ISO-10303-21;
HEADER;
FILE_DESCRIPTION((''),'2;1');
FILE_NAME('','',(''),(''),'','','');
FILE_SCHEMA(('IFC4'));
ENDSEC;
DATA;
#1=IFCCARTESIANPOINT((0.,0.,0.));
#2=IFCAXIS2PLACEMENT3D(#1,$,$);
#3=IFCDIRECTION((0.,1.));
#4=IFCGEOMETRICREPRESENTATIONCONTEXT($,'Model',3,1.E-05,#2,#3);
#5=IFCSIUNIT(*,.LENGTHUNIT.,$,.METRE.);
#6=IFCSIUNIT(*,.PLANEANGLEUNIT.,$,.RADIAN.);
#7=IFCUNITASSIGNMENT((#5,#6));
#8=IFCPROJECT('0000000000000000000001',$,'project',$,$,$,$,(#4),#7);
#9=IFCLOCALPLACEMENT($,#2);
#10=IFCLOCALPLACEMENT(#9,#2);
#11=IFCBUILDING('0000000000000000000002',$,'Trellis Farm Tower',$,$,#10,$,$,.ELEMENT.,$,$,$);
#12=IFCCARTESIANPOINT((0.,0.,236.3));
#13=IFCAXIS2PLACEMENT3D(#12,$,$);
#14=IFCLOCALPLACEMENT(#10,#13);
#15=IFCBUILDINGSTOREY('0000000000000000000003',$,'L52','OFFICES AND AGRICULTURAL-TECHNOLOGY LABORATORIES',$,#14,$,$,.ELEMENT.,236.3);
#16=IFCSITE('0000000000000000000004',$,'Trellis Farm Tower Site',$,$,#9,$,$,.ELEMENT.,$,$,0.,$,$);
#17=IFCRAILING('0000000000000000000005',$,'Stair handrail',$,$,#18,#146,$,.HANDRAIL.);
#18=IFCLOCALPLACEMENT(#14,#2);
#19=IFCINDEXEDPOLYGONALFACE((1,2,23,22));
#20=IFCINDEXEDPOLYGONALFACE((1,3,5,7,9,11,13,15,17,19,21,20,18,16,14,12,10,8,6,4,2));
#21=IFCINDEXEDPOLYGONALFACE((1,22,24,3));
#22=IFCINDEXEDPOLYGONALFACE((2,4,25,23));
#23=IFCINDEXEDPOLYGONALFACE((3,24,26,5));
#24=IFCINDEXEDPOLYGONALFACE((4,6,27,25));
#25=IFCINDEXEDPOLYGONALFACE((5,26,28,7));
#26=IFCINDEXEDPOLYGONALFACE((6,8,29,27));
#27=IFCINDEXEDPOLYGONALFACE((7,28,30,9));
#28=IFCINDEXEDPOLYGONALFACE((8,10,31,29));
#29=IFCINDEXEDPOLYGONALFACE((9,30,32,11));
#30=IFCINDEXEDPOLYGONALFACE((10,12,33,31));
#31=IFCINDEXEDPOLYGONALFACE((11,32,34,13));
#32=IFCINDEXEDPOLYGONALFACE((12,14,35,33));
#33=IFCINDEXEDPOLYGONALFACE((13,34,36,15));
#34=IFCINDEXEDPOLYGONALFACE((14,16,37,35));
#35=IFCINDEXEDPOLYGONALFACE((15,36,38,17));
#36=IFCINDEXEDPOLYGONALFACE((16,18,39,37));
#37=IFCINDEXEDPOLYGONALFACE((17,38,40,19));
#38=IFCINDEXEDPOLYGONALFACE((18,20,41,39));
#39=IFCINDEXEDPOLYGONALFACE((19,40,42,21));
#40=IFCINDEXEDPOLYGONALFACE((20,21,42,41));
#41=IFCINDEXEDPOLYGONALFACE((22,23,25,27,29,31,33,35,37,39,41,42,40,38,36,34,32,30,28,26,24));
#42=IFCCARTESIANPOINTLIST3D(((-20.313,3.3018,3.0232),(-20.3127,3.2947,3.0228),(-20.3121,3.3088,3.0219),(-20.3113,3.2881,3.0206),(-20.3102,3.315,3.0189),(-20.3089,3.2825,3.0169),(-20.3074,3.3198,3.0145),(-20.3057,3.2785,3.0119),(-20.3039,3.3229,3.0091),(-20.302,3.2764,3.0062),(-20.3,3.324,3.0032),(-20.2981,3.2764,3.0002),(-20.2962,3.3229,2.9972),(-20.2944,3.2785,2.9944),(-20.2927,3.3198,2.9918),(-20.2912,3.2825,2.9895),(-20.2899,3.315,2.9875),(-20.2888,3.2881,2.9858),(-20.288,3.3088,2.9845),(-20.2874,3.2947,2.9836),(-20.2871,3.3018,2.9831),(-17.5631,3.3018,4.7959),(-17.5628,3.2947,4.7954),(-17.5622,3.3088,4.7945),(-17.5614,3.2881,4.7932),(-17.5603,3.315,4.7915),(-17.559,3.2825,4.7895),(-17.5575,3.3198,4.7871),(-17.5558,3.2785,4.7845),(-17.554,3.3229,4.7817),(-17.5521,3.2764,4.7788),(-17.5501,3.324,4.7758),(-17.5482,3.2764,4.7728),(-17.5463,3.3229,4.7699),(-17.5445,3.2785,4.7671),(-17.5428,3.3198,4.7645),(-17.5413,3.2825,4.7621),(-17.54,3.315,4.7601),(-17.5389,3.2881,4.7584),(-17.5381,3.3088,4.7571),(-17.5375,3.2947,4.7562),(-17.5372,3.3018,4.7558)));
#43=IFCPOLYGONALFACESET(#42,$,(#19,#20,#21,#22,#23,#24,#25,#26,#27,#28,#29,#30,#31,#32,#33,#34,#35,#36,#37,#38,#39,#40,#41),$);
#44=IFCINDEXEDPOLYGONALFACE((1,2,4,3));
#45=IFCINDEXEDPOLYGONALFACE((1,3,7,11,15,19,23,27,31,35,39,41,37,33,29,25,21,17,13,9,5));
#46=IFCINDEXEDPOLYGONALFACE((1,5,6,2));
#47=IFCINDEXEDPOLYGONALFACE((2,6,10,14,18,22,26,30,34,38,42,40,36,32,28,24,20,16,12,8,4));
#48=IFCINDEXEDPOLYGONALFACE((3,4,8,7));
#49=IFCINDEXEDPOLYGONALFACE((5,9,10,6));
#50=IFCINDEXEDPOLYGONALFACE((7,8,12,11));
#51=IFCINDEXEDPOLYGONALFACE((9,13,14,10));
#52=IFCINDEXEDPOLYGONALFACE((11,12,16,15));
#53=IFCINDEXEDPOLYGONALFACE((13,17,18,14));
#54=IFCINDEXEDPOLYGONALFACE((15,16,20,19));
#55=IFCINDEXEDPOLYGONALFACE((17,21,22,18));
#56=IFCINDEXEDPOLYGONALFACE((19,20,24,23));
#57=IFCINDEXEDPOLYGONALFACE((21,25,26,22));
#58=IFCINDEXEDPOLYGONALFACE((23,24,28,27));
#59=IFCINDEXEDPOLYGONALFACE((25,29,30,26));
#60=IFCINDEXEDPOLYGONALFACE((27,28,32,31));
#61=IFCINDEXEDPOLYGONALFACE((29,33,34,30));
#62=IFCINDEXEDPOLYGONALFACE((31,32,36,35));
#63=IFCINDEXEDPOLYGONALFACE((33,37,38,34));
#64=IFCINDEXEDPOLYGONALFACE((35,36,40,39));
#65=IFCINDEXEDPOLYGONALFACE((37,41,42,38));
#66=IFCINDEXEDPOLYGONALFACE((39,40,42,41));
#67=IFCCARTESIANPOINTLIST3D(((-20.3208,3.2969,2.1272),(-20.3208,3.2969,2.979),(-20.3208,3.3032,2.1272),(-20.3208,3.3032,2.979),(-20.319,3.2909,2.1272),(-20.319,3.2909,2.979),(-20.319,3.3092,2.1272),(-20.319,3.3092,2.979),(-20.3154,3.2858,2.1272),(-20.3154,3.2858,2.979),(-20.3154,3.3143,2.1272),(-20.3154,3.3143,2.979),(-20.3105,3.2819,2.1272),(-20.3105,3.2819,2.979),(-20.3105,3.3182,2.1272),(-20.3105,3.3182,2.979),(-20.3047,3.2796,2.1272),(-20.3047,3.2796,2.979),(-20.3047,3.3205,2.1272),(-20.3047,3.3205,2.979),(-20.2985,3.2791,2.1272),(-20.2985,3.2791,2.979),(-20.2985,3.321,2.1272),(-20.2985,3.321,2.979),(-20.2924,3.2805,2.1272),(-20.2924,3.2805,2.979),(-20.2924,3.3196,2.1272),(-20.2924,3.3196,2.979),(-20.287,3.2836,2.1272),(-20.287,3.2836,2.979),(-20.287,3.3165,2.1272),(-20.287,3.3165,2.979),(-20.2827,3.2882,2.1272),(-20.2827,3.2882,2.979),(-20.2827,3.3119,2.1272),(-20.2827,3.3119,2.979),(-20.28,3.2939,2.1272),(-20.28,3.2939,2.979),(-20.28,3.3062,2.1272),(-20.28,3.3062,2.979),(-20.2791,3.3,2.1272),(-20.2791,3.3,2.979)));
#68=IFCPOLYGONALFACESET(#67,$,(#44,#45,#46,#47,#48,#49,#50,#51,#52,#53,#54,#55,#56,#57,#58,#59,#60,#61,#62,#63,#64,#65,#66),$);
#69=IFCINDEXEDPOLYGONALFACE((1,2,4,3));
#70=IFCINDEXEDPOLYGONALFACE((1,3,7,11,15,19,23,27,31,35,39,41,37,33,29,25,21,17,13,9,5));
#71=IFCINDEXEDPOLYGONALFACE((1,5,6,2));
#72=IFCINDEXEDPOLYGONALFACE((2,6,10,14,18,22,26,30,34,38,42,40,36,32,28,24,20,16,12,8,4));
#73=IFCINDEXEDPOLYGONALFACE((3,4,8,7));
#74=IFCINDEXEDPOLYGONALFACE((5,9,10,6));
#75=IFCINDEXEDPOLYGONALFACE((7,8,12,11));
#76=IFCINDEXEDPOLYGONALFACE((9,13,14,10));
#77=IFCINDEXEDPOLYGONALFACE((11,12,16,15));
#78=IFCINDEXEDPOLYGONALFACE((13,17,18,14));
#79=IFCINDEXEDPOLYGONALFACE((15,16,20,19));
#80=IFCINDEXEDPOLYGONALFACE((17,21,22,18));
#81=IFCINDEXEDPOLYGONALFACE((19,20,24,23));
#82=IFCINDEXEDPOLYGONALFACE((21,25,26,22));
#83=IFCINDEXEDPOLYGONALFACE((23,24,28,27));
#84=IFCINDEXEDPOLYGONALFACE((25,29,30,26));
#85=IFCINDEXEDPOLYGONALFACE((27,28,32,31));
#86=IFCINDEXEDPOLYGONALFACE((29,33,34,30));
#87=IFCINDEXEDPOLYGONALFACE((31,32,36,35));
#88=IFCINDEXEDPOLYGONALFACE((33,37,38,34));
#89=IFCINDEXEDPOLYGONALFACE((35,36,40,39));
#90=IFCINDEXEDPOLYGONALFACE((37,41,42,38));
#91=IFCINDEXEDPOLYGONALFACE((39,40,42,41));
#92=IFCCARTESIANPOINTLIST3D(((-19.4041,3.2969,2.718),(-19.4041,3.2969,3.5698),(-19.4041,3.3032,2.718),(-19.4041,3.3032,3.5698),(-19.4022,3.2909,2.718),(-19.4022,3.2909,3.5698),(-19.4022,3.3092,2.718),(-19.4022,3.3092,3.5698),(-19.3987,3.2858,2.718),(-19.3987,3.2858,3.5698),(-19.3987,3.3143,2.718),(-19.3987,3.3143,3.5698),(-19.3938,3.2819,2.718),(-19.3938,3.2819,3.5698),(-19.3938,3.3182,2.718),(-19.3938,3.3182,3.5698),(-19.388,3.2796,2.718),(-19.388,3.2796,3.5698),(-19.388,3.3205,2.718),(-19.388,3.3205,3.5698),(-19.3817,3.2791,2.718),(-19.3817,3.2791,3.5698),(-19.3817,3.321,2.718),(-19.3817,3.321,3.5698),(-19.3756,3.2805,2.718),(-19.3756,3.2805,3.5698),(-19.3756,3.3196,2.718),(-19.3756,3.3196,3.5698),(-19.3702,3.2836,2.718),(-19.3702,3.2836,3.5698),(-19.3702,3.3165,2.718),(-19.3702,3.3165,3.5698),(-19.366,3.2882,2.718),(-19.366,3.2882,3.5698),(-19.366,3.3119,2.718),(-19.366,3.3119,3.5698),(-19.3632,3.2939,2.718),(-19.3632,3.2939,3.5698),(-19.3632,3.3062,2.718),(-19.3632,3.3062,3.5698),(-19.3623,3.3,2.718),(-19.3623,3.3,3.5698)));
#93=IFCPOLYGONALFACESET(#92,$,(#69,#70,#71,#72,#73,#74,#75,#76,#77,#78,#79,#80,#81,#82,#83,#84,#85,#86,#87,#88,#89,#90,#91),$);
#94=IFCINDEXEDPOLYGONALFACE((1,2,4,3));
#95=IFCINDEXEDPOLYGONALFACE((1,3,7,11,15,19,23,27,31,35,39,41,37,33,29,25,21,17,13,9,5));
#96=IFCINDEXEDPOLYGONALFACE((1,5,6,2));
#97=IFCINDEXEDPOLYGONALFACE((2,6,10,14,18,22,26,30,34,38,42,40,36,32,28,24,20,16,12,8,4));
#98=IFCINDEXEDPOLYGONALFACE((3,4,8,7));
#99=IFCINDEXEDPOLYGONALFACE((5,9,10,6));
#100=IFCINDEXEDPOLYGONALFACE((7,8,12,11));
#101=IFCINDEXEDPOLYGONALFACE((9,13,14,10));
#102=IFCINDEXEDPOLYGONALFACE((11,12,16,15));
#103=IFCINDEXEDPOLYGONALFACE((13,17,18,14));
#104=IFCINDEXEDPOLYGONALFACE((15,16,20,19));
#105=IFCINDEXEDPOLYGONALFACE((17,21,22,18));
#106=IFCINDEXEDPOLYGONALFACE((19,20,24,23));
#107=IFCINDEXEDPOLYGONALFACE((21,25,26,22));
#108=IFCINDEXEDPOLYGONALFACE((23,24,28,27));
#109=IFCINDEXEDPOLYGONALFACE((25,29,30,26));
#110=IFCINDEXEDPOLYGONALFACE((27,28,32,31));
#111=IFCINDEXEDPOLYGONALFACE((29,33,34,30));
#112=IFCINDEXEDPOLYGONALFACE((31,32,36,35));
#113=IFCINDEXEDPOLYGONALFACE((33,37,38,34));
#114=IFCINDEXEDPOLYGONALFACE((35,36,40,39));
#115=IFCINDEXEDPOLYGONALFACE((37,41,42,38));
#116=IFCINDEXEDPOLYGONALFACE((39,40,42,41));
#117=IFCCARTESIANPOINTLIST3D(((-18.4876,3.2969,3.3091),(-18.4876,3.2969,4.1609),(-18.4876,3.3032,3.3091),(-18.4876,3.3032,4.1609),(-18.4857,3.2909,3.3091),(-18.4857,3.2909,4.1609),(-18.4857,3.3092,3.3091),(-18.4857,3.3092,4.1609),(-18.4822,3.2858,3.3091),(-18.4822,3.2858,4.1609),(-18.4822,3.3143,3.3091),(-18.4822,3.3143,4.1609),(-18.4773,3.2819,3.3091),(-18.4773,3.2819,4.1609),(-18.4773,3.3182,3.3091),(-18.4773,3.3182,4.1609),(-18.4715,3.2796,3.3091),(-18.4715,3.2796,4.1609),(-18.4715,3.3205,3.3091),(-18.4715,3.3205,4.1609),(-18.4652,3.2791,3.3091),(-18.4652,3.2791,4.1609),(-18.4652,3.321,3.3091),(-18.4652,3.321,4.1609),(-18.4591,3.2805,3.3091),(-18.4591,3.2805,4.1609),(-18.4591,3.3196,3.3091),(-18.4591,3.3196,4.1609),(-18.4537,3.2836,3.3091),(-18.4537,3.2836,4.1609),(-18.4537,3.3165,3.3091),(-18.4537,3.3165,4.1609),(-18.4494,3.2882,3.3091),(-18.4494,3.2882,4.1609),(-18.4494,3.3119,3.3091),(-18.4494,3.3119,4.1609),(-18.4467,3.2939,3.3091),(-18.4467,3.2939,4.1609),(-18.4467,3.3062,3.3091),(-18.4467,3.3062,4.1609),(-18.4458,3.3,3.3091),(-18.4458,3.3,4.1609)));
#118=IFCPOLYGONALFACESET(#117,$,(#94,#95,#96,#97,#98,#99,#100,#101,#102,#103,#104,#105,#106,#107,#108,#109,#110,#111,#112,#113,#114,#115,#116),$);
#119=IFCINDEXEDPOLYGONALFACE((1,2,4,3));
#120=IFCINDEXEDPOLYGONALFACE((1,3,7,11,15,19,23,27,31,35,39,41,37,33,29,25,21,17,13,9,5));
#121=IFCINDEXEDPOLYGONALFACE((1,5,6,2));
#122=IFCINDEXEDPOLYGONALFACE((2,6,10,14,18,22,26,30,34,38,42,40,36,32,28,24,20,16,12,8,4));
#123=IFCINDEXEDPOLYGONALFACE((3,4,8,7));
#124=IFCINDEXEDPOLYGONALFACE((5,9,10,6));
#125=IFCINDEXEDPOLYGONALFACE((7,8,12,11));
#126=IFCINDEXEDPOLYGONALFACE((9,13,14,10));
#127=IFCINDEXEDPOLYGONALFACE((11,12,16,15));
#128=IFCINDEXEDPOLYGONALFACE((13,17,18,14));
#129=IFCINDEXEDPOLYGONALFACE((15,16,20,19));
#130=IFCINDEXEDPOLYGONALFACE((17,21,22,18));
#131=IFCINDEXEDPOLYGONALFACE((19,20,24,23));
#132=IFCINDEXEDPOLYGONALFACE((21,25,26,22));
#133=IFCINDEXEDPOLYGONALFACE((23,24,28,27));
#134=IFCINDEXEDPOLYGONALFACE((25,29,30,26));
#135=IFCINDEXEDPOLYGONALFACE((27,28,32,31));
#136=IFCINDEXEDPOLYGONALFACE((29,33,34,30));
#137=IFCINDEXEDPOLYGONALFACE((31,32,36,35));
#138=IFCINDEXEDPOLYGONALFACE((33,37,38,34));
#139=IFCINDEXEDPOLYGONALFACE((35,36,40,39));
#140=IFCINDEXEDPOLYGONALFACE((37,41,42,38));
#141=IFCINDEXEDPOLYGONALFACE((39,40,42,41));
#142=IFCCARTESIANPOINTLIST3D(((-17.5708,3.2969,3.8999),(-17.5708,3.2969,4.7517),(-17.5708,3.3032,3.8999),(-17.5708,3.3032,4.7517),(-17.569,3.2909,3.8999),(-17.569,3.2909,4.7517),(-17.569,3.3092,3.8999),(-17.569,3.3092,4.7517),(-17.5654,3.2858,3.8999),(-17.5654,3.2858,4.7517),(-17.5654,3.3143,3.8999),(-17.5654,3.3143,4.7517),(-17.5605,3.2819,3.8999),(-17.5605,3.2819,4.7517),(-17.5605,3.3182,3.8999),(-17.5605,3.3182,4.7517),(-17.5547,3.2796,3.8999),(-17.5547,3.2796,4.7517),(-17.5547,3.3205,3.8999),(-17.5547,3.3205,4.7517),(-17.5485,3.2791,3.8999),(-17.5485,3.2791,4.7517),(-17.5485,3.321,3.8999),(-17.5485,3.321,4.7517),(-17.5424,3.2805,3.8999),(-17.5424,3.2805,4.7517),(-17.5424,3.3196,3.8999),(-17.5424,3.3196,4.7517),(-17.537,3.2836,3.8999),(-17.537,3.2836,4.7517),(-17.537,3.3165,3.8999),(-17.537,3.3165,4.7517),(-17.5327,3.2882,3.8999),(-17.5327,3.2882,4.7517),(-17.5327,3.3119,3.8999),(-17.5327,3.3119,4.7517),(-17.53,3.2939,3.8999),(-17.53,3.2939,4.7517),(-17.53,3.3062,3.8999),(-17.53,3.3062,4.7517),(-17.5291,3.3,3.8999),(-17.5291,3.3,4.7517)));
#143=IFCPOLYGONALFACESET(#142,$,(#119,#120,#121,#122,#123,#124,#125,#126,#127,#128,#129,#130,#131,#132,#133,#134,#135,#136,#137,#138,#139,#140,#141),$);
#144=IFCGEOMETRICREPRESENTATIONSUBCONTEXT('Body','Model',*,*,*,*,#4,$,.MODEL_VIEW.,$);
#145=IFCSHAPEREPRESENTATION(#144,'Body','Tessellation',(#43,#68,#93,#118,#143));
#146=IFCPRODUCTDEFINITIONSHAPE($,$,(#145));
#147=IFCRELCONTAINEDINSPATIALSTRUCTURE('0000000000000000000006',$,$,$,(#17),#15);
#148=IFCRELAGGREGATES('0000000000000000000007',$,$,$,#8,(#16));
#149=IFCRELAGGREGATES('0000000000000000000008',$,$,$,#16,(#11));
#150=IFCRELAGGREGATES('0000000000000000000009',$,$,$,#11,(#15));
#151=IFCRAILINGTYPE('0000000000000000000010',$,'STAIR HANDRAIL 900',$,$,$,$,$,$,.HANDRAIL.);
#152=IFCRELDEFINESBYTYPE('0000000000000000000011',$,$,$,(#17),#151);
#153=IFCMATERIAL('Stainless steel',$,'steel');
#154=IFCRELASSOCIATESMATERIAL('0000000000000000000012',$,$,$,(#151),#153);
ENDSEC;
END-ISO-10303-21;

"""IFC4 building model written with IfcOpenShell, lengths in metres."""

from ifc_helpers import new_model, si_unit, direction, frame, origin, origin_2d, place, context, subcontext, project, spatial, circle, extrude, source, transform, mapped, material, type_object, element, save


model = new_model("IFC4")

# Units and contexts
model_context = context("Model", 3, precision=1e-05, world=origin(), true_north=direction((0.0, 1.0)))
body_context = subcontext(model_context, "Body", "Model", "MODEL_VIEW")
ifc_project = project(units=[si_unit("LENGTHUNIT", "METRE"), si_unit("PLANEANGLEUNIT", "RADIAN")], contexts=[model_context])

# Site, building, storey
site_placement = place(None, origin())
site = spatial("IfcSite", under=ifc_project, at=site_placement, Name="Trellis Farm Tower Site", CompositionType="ELEMENT", RefElevation=0.0)
building_placement = place(site_placement, origin())
building = spatial("IfcBuilding", under=site, at=building_placement, Name="Trellis Farm Tower", CompositionType="ELEMENT")
storey_placement = place(building_placement, frame((0.0, 0.0, 236.3)))
storey = spatial("IfcBuildingStorey", under=building, at=storey_placement, Name="L52", Description="OFFICES AND AGRICULTURAL-TECHNOLOGY LABORATORIES", CompositionType="ELEMENT", Elevation=236.3)

# Railing
ifc_material_1 = material(Name="Stainless steel", Category="steel")
railing_type = type_object("IfcRailingType", Name="STAIR HANDRAIL 900", PredefinedType="HANDRAIL", material=ifc_material_1)
shared_shape_1 = source(origin(), body_context, "Body", "SweptSolid", [
    extrude(circle(Radius=0.0239, at=origin_2d()), frame((0.0, 0.0, 0.876), z_axis=(0.840504, 0.0, 0.541806), x_axis=(0.0, 1.0, 0.0)), (0.0, 0.0, 1.0), 3.2717),
    extrude(circle(Radius=0.021, at=origin_2d()), origin(), (0.0, 0.0, 1.0), 0.8518),
    extrude(circle(Radius=0.021, at=origin_2d()), frame((0.9167, 0.0, 0.5908)), (0.0, 0.0, 1.0), 0.8518),
    extrude(circle(Radius=0.021, at=origin_2d()), frame((1.8333, 0.0, 1.1819)), (0.0, 0.0, 1.0), 0.8518),
    extrude(circle(Radius=0.021, at=origin_2d()), frame((2.75, 0.0, 1.7727)), (0.0, 0.0, 1.0), 0.8518),
])
for number, where, name in (
    (1, (-20.3, 3.3, 2.1272), "Stair handrail"),
):
    element("IfcRailing", number, at=place(storey_placement, frame(where)), inside=storey, type_object=railing_type, Name=name, PredefinedType="HANDRAIL", context=body_context, shape_type="MappedRepresentation", body=[
        mapped(shared_shape_1, transform((0.0, 0.0, 0.0))),
    ])

save(model, "model.ifc")
